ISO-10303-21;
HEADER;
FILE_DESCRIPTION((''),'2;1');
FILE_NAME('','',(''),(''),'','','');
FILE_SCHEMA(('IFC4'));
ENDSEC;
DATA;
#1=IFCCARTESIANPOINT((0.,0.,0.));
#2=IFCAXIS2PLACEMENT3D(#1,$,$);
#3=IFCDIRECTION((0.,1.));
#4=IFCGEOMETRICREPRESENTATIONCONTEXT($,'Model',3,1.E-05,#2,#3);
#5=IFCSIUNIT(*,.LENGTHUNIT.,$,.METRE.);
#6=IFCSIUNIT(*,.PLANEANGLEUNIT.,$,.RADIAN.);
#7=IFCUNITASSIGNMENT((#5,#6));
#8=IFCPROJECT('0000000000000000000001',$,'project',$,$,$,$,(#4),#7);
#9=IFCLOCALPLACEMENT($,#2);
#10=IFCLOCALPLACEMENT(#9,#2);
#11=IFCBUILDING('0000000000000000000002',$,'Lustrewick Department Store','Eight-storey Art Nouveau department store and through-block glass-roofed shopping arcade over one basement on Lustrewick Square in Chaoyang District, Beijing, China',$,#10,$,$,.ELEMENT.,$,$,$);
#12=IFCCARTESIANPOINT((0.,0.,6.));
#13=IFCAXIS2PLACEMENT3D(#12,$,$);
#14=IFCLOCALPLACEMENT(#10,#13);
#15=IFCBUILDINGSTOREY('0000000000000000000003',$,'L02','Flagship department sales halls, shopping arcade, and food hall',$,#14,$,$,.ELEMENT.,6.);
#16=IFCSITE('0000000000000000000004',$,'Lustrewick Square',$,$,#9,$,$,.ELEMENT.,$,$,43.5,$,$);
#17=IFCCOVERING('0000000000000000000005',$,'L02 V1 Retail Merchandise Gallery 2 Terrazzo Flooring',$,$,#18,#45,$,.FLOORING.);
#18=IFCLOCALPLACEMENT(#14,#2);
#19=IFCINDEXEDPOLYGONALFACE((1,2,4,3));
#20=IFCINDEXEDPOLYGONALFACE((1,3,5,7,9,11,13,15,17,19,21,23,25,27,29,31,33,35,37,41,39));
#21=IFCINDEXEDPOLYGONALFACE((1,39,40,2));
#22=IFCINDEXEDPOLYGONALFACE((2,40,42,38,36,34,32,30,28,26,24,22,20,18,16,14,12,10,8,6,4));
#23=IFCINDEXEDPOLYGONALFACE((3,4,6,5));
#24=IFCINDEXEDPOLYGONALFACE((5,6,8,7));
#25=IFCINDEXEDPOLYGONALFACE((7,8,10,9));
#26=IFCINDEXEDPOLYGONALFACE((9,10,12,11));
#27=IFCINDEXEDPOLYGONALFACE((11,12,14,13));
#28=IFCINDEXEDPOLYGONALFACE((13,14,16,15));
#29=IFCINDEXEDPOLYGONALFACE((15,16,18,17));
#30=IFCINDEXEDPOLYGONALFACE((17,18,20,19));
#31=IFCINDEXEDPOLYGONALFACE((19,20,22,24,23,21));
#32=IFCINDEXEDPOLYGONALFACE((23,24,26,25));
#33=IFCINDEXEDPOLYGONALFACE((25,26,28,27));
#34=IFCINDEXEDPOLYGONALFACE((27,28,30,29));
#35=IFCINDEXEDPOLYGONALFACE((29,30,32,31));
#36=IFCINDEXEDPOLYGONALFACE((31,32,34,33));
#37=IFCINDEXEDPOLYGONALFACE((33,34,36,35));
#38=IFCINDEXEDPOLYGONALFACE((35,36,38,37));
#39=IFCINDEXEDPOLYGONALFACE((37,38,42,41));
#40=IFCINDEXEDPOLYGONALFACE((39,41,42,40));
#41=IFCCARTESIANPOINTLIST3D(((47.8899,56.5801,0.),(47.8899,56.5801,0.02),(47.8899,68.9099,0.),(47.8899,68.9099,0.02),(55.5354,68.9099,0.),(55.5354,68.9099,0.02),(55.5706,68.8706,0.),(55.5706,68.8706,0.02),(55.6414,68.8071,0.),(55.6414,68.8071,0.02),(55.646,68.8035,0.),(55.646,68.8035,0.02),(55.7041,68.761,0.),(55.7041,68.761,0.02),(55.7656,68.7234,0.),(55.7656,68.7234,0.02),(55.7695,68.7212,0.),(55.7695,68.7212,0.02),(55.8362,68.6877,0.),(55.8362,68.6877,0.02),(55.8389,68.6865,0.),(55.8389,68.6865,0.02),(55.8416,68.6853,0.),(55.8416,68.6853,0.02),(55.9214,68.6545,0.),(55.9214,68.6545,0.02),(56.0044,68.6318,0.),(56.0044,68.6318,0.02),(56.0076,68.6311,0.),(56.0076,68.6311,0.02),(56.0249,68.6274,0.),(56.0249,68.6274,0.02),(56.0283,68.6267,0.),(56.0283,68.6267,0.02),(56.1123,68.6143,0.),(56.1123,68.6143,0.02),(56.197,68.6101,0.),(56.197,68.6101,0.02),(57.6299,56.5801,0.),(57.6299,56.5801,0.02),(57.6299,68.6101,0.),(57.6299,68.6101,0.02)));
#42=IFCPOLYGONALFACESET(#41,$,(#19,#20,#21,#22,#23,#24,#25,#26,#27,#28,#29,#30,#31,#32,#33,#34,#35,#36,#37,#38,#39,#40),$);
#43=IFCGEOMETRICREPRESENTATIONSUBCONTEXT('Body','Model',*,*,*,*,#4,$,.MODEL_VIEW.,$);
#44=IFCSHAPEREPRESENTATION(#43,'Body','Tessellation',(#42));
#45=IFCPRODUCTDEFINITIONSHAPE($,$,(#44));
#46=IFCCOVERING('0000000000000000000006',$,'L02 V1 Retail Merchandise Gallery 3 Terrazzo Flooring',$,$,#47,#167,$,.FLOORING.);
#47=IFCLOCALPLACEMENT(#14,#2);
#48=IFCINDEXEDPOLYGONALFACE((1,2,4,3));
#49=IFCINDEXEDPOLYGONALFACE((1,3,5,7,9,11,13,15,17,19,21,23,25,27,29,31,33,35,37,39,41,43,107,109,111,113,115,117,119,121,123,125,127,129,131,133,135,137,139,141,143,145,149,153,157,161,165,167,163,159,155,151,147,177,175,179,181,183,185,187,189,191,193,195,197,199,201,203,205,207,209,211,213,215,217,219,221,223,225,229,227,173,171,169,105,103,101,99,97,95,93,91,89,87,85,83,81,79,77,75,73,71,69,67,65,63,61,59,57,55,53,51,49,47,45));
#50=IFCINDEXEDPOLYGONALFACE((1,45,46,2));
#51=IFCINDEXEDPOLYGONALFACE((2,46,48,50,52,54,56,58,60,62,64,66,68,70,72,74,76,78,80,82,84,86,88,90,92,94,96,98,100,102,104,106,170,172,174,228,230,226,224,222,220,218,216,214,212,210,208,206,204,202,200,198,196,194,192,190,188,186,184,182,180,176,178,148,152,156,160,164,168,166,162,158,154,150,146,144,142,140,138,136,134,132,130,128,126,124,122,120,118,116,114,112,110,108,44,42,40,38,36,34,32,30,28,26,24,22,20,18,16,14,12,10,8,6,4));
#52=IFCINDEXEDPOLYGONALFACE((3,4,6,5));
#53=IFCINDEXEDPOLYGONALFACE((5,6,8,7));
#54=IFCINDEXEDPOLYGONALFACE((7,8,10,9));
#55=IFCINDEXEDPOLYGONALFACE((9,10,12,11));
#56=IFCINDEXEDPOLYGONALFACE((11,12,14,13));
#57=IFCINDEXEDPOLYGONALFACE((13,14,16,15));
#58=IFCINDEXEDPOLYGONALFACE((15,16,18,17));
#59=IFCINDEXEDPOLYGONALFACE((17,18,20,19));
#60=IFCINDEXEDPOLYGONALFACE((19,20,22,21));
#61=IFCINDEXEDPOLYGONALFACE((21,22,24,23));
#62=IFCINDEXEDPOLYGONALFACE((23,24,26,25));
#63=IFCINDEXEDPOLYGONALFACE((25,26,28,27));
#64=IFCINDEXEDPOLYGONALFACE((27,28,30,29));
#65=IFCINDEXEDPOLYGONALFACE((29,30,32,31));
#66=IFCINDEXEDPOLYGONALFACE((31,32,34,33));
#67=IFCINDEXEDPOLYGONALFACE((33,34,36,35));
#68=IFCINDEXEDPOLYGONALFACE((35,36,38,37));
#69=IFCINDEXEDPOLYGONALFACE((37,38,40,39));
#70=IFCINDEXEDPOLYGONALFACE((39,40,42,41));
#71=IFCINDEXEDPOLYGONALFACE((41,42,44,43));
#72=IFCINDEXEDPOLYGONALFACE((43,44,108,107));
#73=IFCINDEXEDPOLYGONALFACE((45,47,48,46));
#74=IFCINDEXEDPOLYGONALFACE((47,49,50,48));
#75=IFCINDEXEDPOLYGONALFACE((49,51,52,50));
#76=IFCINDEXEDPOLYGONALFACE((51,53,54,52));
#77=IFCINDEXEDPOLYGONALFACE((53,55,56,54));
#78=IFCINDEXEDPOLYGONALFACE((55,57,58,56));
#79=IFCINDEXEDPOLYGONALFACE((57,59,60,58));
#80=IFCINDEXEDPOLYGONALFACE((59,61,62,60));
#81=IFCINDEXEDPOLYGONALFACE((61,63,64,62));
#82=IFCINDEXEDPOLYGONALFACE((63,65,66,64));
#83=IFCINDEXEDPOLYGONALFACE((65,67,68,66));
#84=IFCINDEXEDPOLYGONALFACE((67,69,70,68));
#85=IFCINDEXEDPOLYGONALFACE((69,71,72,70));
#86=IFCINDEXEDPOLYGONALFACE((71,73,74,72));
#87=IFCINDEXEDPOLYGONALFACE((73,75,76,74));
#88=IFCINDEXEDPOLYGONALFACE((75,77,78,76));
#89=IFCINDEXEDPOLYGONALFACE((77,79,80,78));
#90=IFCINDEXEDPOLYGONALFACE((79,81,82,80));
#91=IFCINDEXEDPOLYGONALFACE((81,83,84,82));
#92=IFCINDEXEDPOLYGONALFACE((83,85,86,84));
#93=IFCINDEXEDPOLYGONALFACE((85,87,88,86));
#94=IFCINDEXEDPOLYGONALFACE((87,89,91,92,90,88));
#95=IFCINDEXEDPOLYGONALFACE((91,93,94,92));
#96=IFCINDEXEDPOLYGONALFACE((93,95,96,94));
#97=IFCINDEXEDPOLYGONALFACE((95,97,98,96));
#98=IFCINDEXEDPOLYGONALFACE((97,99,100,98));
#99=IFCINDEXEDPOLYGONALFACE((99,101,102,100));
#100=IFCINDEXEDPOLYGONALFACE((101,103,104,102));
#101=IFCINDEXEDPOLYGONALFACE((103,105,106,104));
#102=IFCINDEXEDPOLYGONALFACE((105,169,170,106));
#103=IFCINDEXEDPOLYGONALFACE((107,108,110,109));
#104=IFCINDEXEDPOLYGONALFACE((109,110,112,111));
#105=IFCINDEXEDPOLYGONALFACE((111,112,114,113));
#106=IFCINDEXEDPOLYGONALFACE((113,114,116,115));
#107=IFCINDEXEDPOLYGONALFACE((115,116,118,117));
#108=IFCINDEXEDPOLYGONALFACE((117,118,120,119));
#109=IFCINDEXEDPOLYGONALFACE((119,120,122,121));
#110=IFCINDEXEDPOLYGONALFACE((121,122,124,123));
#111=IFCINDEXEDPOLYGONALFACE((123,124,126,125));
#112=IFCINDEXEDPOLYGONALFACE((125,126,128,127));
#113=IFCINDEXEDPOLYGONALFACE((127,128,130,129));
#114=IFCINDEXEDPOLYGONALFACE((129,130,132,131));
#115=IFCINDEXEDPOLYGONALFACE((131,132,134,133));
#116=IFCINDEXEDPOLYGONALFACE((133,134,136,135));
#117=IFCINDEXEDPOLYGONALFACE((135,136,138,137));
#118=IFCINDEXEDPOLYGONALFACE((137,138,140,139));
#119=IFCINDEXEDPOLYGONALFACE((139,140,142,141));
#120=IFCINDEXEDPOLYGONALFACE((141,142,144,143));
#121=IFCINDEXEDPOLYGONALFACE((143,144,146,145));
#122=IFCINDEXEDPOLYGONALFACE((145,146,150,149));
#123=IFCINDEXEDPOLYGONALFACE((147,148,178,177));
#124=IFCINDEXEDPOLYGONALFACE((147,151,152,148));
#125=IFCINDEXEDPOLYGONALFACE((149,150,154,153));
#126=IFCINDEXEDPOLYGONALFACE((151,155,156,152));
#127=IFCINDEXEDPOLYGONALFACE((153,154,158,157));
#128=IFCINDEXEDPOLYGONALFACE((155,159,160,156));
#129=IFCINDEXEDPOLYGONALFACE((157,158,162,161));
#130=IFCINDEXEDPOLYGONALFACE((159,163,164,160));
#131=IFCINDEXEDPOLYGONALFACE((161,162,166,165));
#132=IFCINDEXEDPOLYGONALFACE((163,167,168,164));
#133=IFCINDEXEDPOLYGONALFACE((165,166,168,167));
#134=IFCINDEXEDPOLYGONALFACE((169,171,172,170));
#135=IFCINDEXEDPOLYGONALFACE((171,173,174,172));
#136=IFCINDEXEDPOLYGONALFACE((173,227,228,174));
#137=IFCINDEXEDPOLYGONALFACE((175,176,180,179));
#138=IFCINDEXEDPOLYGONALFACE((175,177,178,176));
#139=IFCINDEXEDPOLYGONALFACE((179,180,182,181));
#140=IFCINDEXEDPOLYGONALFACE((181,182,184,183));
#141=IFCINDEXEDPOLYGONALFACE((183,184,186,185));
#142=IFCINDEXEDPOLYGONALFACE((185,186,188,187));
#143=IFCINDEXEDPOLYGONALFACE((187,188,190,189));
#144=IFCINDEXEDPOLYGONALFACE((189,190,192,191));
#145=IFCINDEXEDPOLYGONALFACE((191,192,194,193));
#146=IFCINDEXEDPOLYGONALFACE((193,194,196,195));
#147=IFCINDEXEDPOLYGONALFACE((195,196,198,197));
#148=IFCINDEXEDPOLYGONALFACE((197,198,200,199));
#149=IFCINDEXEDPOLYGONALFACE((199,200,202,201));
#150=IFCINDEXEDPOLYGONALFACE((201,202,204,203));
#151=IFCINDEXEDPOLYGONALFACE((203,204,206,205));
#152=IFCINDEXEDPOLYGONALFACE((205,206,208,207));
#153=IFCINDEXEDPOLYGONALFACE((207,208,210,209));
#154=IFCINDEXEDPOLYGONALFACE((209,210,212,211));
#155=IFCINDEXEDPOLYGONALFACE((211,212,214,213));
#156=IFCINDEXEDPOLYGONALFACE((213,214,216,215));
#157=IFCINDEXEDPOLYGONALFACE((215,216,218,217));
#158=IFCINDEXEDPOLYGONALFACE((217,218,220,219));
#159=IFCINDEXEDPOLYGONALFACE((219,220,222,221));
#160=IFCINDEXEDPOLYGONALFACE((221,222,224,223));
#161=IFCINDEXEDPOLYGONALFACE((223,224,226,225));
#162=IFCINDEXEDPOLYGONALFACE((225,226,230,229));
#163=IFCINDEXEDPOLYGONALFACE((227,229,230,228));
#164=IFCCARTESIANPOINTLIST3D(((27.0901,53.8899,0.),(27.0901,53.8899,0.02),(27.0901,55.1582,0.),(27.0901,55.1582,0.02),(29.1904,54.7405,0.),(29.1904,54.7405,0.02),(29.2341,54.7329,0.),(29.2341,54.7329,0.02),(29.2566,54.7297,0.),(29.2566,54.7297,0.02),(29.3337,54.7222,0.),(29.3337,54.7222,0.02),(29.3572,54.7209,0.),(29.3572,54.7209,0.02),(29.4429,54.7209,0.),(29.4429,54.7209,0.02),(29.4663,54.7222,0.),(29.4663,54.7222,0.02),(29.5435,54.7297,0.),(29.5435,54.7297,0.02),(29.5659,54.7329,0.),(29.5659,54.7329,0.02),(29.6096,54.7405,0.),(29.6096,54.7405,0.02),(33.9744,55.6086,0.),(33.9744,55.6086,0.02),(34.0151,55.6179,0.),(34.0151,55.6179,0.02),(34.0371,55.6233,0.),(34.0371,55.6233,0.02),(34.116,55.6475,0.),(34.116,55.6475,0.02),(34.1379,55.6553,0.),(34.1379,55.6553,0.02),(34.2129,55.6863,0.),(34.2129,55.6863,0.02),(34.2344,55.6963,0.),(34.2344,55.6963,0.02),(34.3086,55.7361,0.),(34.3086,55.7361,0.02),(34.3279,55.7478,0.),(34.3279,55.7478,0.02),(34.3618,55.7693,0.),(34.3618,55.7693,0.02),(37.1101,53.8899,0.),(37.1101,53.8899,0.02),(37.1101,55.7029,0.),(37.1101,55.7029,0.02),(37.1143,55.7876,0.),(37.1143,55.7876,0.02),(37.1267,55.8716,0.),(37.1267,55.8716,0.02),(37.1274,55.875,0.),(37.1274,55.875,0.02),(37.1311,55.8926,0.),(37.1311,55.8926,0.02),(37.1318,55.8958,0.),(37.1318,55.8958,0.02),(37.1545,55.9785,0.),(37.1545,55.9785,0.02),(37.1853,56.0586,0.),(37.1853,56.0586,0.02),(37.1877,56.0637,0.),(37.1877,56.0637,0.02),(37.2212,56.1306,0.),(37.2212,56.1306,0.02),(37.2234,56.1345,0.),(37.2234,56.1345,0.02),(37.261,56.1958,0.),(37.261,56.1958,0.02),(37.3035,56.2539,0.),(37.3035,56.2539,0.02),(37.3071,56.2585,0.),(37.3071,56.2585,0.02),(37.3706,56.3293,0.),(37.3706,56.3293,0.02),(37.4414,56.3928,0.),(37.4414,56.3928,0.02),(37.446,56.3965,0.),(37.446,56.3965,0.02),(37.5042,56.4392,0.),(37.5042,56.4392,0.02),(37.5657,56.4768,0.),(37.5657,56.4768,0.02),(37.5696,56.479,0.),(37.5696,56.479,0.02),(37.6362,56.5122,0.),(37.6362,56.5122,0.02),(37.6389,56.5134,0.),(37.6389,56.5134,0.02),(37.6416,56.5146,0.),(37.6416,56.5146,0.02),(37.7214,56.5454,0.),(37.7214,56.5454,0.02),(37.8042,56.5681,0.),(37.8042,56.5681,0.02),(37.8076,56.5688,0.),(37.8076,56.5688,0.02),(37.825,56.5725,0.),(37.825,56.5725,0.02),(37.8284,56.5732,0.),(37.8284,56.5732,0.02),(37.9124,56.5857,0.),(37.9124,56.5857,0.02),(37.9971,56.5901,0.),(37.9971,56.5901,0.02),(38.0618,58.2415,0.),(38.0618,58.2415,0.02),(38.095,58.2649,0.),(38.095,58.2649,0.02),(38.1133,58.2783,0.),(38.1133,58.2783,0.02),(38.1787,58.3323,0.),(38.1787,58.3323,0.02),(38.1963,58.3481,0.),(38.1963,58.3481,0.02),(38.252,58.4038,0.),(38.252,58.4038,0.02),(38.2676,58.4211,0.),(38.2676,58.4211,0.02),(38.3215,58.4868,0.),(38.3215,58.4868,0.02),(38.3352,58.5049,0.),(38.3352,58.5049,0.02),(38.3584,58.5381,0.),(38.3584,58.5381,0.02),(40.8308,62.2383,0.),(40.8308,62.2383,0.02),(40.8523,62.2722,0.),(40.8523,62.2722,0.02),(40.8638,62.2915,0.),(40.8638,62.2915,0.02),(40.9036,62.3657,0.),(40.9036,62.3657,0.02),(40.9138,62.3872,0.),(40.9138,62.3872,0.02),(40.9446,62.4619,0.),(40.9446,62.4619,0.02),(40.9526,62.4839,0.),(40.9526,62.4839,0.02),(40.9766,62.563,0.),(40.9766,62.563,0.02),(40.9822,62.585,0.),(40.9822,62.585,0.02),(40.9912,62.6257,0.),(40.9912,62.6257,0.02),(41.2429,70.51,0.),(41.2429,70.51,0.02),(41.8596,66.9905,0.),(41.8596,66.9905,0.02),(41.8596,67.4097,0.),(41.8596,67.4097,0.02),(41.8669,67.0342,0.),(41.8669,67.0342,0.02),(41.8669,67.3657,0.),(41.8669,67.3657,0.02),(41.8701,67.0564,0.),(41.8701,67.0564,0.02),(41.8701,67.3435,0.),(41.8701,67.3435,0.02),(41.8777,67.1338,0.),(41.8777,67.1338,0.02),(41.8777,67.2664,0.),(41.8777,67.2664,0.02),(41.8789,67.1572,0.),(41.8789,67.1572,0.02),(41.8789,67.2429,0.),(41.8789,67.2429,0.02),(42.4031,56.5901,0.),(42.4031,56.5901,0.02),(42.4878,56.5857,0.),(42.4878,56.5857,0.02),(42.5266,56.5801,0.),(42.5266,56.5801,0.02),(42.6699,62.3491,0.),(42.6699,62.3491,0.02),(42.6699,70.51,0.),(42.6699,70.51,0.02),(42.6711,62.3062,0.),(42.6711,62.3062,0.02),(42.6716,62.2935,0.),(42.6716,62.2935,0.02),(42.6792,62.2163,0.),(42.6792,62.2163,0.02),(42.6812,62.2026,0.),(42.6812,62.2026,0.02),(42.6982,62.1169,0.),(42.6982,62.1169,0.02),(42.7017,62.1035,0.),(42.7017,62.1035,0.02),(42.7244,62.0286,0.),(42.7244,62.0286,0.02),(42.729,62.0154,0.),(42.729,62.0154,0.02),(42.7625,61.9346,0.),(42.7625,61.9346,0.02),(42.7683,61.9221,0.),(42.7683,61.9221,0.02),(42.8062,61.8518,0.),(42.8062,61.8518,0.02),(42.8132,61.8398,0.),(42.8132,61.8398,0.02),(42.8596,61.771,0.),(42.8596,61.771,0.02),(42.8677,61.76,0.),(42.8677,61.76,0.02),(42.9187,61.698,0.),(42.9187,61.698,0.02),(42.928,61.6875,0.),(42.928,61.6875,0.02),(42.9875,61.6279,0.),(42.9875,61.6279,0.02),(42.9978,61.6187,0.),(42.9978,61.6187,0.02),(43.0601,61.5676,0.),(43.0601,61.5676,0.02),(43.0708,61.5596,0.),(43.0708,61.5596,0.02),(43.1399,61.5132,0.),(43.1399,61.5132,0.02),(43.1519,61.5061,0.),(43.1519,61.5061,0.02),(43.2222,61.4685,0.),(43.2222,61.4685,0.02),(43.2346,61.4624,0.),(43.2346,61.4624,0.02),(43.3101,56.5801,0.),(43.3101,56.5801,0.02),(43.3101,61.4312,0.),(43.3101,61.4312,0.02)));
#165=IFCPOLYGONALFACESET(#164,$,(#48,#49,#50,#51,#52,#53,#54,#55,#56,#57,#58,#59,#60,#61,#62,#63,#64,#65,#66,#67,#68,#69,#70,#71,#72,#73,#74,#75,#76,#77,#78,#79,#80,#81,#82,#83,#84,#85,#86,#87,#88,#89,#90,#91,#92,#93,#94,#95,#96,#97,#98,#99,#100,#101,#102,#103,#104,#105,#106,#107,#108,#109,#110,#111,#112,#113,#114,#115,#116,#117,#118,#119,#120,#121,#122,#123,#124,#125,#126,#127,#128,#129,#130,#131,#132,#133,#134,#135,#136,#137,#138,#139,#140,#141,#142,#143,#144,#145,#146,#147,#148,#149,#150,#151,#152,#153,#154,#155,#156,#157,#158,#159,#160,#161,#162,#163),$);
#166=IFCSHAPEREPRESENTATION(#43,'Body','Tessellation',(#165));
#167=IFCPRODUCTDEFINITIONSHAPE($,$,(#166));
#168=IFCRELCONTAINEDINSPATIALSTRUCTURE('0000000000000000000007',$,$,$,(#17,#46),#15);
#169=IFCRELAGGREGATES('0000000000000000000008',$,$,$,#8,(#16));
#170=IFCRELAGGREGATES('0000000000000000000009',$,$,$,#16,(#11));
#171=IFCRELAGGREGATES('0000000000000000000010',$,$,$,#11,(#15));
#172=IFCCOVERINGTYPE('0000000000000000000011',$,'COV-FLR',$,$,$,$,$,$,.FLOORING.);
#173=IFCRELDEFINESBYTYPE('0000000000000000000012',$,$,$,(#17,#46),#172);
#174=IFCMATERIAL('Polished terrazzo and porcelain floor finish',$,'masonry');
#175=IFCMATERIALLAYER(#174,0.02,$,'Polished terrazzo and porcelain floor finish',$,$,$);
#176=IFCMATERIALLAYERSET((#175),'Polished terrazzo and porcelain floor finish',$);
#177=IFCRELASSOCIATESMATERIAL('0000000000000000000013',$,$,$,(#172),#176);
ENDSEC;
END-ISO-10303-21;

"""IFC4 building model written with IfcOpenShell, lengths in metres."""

from ifc_helpers import new_model, si_unit, direction, frame, origin, place, context, subcontext, project, spatial, polyline, outline, extrude, material, layer, layer_set, type_object, element, save


model = new_model("IFC4")

# Units and contexts
model_context = context("Model", 3, precision=1e-05, world=origin(), true_north=direction((0.0, 1.0)))
body_context = subcontext(model_context, "Body", "Model", "MODEL_VIEW")
ifc_project = project(units=[si_unit("LENGTHUNIT", "METRE"), si_unit("PLANEANGLEUNIT", "RADIAN")], contexts=[model_context])

# Site, building, storey
site_placement = place(None, origin())
site = spatial("IfcSite", under=ifc_project, at=site_placement, Name="Lustrewick Square", CompositionType="ELEMENT", RefElevation=43.5)
building_placement = place(site_placement, origin())
building = spatial("IfcBuilding", under=site, at=building_placement, Name="Lustrewick Department Store", Description="Eight-storey Art Nouveau department store and through-block glass-roofed shopping arcade over one basement on Lustrewick Square in Chaoyang District, Beijing, China", CompositionType="ELEMENT")
storey_placement = place(building_placement, frame((0.0, 0.0, 6.0)))
storey = spatial("IfcBuildingStorey", under=building, at=storey_placement, Name="L02", Description="Flagship department sales halls, shopping arcade, and food hall", CompositionType="ELEMENT", Elevation=6.0)

# Coverings
ifc_material_1 = material(Name="Polished terrazzo and porcelain floor finish", Category="masonry")
ifc_layer_1 = layer(ifc_material_1, 0.02, Name="Polished terrazzo and porcelain floor finish")
ifc_layer_set_1 = layer_set([ifc_layer_1], Name="Polished terrazzo and porcelain floor finish")
covering_type_1 = type_object("IfcCoveringType", Name="COV-FLR", PredefinedType="FLOORING", material=ifc_layer_set_1)
covering_1_placement = place(storey_placement, origin())
element("IfcCovering", 1, at=covering_1_placement, inside=storey, type_object=covering_type_1, Name="L02 V1 Retail Merchandise Gallery 2 Terrazzo Flooring", PredefinedType="FLOORING", context=body_context, shape_type="SweptSolid", body=[
    extrude(outline(polyline([(55.5354, 68.9099), (47.8899, 68.9099), (47.8899, 56.5801), (57.6299, 56.5801), (57.6299, 68.6101), (56.197, 68.6101), (56.1123, 68.6143), (56.0283, 68.6267), (56.0249, 68.6274), (56.0076, 68.6311), (56.0044, 68.6318), (55.9214, 68.6545), (55.8416, 68.6853), (55.8389, 68.6865), (55.8362, 68.6877), (55.7695, 68.7212), (55.7656, 68.7234), (55.7041, 68.761), (55.646, 68.8035), (55.6414, 68.8071), (55.5706, 68.8706), (55.5354, 68.9099)])), origin(), (0.0, 0.0, 1.0), 0.02),
])
covering_2_placement = place(storey_placement, origin())
element("IfcCovering", 2, at=covering_2_placement, inside=storey, type_object=covering_type_1, Name="L02 V1 Retail Merchandise Gallery 3 Terrazzo Flooring", PredefinedType="FLOORING", context=body_context, shape_type="SweptSolid", body=[
    extrude(outline(polyline([(40.9766, 62.563), (40.9526, 62.4839), (40.9446, 62.4619), (40.9138, 62.3872), (40.9036, 62.3657), (40.8638, 62.2915), (40.8523, 62.2722), (40.8308, 62.2383), (38.3584, 58.5381), (38.3352, 58.5049), (38.3215, 58.4868), (38.2676, 58.4211), (38.252, 58.4038), (38.1963, 58.3481), (38.1787, 58.3323), (38.1133, 58.2783), (38.095, 58.2649), (38.0618, 58.2415), (34.3618, 55.7693), (34.3279, 55.7478), (34.3086, 55.7361), (34.2344, 55.6963), (34.2129, 55.6863), (34.1379, 55.6553), (34.116, 55.6475), (34.0371, 55.6233), (34.0151, 55.6179), (33.9744, 55.6086), (29.6096, 54.7405), (29.5659, 54.7329), (29.5435, 54.7297), (29.4663, 54.7222), (29.4429, 54.7209), (29.3572, 54.7209), (29.3337, 54.7222), (29.2566, 54.7297), (29.2341, 54.7329), (29.1904, 54.7405), (27.0901, 55.1582), (27.0901, 53.8899), (37.1101, 53.8899), (37.1101, 55.7029), (37.1143, 55.7876), (37.1267, 55.8716), (37.1274, 55.875), (37.1311, 55.8926), (37.1318, 55.8958), (37.1545, 55.9785), (37.1853, 56.0586), (37.1877, 56.0637), (37.2212, 56.1306), (37.2234, 56.1345), (37.261, 56.1958), (37.3035, 56.2539), (37.3071, 56.2585), (37.3706, 56.3293), (37.4414, 56.3928), (37.446, 56.3965), (37.5042, 56.4392), (37.5657, 56.4768), (37.5696, 56.479), (37.6362, 56.5122), (37.6389, 56.5134), (37.6416, 56.5146), (37.7214, 56.5454), (37.8042, 56.5681), (37.8076, 56.5688), (37.825, 56.5725), (37.8284, 56.5732), (37.9124, 56.5857), (37.9971, 56.5901), (42.4031, 56.5901), (42.4878, 56.5857), (42.5266, 56.5801), (43.3101, 56.5801), (43.3101, 61.4312), (43.2346, 61.4624), (43.2222, 61.4685), (43.1519, 61.5061), (43.1399, 61.5132), (43.0708, 61.5596), (43.0601, 61.5676), (42.9978, 61.6187), (42.9875, 61.6279), (42.928, 61.6875), (42.9187, 61.698), (42.8677, 61.76), (42.8596, 61.771), (42.8132, 61.8398), (42.8062, 61.8518), (42.7683, 61.9221), (42.7625, 61.9346), (42.729, 62.0154), (42.7244, 62.0286), (42.7017, 62.1035), (42.6982, 62.1169), (42.6812, 62.2026), (42.6792, 62.2163), (42.6716, 62.2935), (42.6711, 62.3062), (42.6699, 62.3491), (42.6699, 70.51), (41.2429, 70.51), (41.8596, 67.4097), (41.8669, 67.3657), (41.8701, 67.3435), (41.8777, 67.2664), (41.8789, 67.2429), (41.8789, 67.1572), (41.8777, 67.1338), (41.8701, 67.0564), (41.8669, 67.0342), (41.8596, 66.9905), (40.9912, 62.6257), (40.9822, 62.585), (40.9766, 62.563)])), origin(), (0.0, 0.0, 1.0), 0.02),
])

save(model, "model.ifc")
